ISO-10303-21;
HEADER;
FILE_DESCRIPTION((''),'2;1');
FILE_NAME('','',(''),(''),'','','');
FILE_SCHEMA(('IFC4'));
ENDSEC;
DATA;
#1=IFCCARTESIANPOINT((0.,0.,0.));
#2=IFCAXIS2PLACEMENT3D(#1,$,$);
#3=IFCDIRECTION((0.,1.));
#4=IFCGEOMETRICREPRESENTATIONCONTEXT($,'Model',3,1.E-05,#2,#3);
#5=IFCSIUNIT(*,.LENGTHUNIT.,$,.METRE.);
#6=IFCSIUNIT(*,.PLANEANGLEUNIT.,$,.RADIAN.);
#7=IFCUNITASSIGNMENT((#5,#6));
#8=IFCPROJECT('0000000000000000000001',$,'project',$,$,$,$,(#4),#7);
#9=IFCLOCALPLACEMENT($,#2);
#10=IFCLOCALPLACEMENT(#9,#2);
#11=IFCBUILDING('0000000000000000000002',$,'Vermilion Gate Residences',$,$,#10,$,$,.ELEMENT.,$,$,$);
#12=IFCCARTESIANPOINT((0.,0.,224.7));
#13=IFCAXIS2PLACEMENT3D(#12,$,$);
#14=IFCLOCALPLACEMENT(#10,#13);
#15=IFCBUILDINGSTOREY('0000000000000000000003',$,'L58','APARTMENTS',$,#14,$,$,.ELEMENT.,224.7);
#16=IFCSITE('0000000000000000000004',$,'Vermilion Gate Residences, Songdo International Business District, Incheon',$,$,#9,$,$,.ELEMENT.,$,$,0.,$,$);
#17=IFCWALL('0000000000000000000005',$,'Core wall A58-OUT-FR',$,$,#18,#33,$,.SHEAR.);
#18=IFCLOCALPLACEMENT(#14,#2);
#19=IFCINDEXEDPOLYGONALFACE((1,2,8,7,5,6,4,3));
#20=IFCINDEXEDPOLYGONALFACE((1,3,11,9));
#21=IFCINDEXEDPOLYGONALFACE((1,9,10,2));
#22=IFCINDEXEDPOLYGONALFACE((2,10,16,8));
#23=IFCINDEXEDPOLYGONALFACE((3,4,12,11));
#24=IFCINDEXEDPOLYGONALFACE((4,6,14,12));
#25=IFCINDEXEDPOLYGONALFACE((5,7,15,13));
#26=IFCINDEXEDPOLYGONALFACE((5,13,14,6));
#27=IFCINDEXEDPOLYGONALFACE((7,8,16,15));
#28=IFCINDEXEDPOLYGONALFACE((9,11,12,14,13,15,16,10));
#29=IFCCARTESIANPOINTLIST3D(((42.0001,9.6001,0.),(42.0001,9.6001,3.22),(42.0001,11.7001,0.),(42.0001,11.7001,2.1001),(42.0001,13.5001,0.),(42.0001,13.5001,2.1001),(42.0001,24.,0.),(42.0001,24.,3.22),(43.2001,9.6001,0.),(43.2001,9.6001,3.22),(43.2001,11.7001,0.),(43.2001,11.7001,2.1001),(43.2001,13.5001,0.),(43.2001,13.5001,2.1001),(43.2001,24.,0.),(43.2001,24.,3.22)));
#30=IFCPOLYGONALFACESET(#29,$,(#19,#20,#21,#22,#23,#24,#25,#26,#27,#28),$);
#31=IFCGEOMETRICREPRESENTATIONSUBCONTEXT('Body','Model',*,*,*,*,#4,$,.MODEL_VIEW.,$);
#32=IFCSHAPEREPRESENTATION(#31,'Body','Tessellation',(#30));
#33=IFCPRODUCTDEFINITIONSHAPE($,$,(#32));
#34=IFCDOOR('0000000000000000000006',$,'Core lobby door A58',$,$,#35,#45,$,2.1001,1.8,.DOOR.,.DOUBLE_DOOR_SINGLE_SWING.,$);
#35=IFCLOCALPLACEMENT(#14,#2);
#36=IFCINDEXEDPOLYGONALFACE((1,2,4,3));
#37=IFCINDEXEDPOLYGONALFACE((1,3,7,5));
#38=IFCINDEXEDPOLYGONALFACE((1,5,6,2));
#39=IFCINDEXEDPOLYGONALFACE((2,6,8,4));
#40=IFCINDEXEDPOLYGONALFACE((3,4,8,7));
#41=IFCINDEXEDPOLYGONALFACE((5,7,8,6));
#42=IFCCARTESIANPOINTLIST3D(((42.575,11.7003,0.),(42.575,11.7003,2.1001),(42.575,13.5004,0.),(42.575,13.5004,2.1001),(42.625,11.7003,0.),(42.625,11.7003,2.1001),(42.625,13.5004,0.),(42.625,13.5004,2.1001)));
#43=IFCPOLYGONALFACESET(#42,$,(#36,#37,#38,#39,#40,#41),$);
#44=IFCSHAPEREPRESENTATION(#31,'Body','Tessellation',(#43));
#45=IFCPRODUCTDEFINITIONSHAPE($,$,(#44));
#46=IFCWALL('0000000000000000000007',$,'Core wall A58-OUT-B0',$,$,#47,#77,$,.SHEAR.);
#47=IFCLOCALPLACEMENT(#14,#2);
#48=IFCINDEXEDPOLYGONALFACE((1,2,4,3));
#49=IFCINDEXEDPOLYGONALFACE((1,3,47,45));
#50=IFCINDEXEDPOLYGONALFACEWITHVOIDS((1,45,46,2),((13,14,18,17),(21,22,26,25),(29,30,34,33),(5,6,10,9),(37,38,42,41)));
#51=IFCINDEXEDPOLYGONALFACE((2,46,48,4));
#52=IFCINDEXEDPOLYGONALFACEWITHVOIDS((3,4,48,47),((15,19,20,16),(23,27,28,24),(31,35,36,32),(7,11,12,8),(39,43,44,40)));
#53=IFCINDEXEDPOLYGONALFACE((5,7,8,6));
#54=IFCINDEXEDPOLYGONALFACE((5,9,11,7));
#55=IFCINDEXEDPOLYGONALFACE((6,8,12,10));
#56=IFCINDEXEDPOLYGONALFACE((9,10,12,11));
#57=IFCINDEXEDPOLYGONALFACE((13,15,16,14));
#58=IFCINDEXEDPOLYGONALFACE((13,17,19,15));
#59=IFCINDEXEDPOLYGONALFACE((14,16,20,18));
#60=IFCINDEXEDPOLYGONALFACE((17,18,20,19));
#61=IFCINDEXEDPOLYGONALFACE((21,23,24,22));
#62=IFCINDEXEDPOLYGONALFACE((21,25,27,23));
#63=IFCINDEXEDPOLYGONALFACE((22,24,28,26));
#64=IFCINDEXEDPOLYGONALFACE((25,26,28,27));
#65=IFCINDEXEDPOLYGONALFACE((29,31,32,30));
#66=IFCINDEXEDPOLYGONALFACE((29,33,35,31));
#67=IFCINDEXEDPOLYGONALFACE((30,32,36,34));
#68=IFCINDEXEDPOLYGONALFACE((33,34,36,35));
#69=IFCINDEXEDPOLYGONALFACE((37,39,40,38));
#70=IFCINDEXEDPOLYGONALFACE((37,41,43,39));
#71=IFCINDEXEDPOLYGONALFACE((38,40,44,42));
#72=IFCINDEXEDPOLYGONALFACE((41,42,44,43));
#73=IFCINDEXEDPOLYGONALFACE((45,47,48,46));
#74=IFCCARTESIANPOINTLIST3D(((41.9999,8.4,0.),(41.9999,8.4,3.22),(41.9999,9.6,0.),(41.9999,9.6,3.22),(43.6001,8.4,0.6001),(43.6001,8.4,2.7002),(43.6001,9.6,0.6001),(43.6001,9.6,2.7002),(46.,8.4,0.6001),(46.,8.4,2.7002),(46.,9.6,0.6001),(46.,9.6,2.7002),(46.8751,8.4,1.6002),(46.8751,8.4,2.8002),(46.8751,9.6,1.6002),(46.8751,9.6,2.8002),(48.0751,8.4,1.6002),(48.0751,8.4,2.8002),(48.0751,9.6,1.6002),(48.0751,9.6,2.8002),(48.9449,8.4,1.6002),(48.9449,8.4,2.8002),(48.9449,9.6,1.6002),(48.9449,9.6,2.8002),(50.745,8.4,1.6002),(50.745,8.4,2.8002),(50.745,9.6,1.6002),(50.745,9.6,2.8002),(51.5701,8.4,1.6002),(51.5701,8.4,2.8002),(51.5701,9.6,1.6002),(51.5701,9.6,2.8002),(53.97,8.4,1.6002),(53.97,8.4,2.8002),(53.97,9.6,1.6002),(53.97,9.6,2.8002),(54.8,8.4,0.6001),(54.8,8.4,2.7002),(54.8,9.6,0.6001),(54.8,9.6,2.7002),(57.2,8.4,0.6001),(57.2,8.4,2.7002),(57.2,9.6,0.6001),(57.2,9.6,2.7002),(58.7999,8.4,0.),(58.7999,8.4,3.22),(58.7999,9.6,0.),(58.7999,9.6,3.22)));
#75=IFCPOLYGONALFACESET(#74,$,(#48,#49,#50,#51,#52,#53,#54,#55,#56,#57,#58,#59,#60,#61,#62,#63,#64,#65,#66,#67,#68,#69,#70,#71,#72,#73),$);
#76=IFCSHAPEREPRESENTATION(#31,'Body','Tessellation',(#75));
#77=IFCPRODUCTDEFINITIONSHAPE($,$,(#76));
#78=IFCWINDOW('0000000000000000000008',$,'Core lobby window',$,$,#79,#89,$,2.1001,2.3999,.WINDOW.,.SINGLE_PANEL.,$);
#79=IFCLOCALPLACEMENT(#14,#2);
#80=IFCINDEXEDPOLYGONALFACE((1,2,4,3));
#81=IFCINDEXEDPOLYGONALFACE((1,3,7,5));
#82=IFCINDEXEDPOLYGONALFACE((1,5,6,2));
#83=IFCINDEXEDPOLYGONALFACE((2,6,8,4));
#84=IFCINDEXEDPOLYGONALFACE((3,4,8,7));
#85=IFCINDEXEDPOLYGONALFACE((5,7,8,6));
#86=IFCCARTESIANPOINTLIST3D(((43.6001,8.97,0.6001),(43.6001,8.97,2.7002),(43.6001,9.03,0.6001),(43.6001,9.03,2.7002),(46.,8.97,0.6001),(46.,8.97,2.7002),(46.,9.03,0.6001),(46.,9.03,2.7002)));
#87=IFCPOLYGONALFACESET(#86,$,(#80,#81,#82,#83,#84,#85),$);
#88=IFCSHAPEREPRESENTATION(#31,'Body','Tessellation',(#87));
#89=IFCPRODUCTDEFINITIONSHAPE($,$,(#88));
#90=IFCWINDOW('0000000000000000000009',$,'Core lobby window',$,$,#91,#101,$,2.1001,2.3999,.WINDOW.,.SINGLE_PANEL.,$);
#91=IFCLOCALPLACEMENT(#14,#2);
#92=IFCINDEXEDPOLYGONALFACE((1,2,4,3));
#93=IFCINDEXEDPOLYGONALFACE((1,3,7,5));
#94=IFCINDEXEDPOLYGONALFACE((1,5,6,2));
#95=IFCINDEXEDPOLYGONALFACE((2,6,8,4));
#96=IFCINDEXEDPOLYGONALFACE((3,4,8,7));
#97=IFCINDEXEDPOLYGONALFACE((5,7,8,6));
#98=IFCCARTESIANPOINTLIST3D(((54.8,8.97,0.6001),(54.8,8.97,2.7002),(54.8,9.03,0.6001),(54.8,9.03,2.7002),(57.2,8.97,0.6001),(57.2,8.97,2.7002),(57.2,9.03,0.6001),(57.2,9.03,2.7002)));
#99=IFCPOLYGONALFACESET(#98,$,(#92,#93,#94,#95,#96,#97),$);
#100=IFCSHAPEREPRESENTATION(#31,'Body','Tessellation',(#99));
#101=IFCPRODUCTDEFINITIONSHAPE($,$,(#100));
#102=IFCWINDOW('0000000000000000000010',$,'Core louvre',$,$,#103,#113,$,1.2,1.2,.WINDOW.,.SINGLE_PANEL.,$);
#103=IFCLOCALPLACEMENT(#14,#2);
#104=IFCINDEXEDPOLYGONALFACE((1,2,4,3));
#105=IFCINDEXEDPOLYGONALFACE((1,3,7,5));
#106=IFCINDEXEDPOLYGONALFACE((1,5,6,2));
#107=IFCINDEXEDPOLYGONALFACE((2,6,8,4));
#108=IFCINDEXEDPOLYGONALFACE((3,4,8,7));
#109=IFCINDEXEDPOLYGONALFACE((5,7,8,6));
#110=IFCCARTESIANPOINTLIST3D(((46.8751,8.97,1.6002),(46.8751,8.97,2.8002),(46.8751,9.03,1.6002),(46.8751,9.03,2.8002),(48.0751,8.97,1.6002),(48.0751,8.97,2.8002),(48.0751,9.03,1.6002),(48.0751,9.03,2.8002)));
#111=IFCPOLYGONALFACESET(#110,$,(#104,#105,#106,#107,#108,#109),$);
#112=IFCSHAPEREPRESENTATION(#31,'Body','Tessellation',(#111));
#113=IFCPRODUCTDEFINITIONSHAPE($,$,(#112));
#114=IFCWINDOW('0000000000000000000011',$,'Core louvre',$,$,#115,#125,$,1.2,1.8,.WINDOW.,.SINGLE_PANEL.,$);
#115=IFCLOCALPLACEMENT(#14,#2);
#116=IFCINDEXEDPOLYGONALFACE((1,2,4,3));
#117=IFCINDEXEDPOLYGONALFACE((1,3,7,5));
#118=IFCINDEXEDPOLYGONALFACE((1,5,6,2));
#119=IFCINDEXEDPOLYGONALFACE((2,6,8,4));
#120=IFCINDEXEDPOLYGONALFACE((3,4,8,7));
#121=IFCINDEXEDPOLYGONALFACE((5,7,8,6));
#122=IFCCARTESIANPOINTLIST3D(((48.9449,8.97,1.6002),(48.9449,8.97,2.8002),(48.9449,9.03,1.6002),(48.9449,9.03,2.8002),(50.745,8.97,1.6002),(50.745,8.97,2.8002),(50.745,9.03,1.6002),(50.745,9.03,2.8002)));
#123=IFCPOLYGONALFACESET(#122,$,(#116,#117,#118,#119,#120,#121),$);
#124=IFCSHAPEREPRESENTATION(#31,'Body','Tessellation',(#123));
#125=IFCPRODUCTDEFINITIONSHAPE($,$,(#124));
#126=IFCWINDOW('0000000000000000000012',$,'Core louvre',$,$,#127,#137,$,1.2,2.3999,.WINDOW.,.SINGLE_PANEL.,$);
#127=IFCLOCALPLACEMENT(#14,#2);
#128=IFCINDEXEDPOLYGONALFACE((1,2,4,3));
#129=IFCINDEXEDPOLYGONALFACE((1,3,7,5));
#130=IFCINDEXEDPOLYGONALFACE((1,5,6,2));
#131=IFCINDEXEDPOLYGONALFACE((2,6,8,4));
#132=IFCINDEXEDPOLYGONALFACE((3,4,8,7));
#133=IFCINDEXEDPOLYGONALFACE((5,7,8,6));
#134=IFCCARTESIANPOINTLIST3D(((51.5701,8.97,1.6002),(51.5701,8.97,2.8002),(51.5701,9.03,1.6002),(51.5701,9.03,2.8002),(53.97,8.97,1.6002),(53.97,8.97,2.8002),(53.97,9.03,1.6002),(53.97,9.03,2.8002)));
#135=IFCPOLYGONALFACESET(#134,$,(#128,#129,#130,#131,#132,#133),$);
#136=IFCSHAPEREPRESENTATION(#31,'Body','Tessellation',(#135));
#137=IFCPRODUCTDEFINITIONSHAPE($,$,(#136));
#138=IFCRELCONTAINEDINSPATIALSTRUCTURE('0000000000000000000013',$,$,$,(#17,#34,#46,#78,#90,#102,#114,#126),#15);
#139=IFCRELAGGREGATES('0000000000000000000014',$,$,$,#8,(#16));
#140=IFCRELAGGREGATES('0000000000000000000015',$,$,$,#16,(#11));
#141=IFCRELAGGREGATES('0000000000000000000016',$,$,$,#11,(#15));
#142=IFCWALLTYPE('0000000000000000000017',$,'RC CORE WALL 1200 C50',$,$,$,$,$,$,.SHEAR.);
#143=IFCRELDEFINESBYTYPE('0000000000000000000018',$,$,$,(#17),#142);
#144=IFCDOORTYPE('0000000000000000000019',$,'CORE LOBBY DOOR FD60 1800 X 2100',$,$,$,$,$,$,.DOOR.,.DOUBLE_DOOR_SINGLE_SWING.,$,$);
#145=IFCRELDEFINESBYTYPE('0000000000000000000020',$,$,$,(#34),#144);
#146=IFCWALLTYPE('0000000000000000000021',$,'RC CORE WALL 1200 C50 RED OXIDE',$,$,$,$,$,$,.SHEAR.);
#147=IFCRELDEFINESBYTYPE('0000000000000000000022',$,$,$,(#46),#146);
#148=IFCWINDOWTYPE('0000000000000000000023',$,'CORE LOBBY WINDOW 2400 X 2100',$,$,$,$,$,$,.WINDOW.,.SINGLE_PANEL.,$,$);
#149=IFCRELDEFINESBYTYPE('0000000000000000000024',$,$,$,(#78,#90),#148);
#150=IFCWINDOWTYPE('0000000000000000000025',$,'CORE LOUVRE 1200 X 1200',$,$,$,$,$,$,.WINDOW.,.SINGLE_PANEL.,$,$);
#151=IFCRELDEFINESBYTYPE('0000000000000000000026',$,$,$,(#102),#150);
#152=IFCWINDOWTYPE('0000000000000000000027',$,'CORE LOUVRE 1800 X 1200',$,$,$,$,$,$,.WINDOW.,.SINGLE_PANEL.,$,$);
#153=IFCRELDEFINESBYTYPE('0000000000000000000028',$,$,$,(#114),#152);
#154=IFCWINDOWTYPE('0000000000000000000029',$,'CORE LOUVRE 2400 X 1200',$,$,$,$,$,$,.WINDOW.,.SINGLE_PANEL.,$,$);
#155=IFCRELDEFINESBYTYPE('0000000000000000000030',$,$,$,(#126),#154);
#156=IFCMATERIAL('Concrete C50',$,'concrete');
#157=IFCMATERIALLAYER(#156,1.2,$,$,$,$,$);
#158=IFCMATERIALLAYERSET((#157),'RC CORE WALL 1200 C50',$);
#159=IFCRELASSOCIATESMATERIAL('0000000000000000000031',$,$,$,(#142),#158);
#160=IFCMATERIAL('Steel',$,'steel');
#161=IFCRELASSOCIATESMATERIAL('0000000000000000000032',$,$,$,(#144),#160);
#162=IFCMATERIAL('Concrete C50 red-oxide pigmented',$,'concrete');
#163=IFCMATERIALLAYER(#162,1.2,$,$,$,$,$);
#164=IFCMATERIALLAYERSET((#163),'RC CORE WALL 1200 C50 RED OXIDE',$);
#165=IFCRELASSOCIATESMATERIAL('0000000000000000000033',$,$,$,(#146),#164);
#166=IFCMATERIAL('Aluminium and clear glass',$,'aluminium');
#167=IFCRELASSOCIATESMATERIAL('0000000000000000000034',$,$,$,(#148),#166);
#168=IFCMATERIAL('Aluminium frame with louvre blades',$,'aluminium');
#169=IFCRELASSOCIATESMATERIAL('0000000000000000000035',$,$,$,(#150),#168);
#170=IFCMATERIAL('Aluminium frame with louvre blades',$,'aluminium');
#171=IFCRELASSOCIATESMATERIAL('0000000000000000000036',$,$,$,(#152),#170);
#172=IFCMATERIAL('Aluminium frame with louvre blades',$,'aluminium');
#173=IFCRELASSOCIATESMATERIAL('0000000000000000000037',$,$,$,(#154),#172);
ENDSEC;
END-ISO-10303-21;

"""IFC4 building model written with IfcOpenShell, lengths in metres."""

from ifc_helpers import new_model, si_unit, direction, frame, frame_2d, origin, place, context, subcontext, project, spatial, rectangle, extrude, material, layer, layer_set, type_object, element, fill, save


model = new_model("IFC4")

# Units and contexts
model_context = context("Model", 3, precision=1e-05, world=origin(), true_north=direction((0.0, 1.0)))
body_context = subcontext(model_context, "Body", "Model", "MODEL_VIEW")
ifc_project = project(units=[si_unit("LENGTHUNIT", "METRE"), si_unit("PLANEANGLEUNIT", "RADIAN")], contexts=[model_context])

# Site, building, storey
site_placement = place(None, origin())
site = spatial("IfcSite", under=ifc_project, at=site_placement, Name="Vermilion Gate Residences, Songdo International Business District, Incheon", CompositionType="ELEMENT", RefElevation=0.0)
building_placement = place(site_placement, origin())
building = spatial("IfcBuilding", under=site, at=building_placement, Name="Vermilion Gate Residences", CompositionType="ELEMENT")
storey_placement = place(building_placement, frame((0.0, 0.0, 224.7)))
storey = spatial("IfcBuildingStorey", under=building, at=storey_placement, Name="L58", Description="APARTMENTS", CompositionType="ELEMENT", Elevation=224.7)

# Wall, opening, door
ifc_material_1 = material(Name="Concrete C50", Category="concrete")
ifc_layer_1 = layer(ifc_material_1, 1.2)
ifc_layer_set_1 = layer_set([ifc_layer_1], Name="RC CORE WALL 1200 C50")
wall_type_1 = type_object("IfcWallType", Name="RC CORE WALL 1200 C50", PredefinedType="SHEAR", material=ifc_layer_set_1)
wall_1_placement = place(storey_placement, frame((42.6001, 9.6001, 0.0), z_axis=(0.0, 0.0, 1.0), x_axis=(0.0, 1.0, 0.0)))
wall_1 = element("IfcWall", 1, at=wall_1_placement, inside=storey, type_object=wall_type_1, Name="Core wall A58-OUT-FR", PredefinedType="SHEAR", context=body_context, shape_type="SweptSolid", body=[
    extrude(rectangle(XDim=14.3999, YDim=1.2, at=frame_2d((7.2, 0.0))), origin(), (0.0, 0.0, 1.0), 3.22),
])
opening_1_placement = place(wall_1_placement, frame((2.1001, 0.0, 0.0)))
opening_1 = element("IfcOpeningElement", 2, at=opening_1_placement, cuts=wall_1, PredefinedType="OPENING", context=body_context, shape_type="SweptSolid", body=[
    extrude(rectangle(XDim=1.8, YDim=2.1001, at=frame_2d((0.8999, 1.05))), frame((0.0, 0.6099, 0.0), z_axis=(0.0, -1.0, 0.0), x_axis=(1.0, 0.0, 0.0)), (0.0, 0.0, 1.0), 1.22),
])
ifc_material_2 = material(Name="Steel", Category="steel")
door_type_1 = type_object("IfcDoorType", Name="CORE LOBBY DOOR FD60 1800 X 2100", OperationType="DOUBLE_DOOR_SINGLE_SWING", PredefinedType="DOOR", material=ifc_material_2)
door_1_placement = place(opening_1_placement, frame((1.8, 0.0, 0.0), z_axis=(0.0, 0.0, 1.0), x_axis=(-1.0, 0.0, 0.0)))
door_1 = element("IfcDoor", 3, at=door_1_placement, inside=storey, type_object=door_type_1, Name="Core lobby door A58", OperationType="DOUBLE_DOOR_SINGLE_SWING", OverallHeight=2.1001, OverallWidth=1.8, PredefinedType="DOOR", context=body_context, shape_type="SweptSolid", body=[
    extrude(rectangle(XDim=1.8, YDim=2.1001, at=frame_2d((0.8999, 1.05))), frame((0.0, 0.0249, 0.0), z_axis=(0.0, -1.0, 0.0), x_axis=(1.0, 0.0, 0.0)), (0.0, 0.0, 1.0), 0.05),
])
fill(opening_1, door_1)

# Wall, openings, windows
ifc_material_3 = material(Name="Concrete C50 red-oxide pigmented", Category="concrete")
ifc_layer_2 = layer(ifc_material_3, 1.2)
ifc_layer_set_2 = layer_set([ifc_layer_2], Name="RC CORE WALL 1200 C50 RED OXIDE")
wall_type_2 = type_object("IfcWallType", Name="RC CORE WALL 1200 C50 RED OXIDE", PredefinedType="SHEAR", material=ifc_layer_set_2)
wall_2_placement = place(storey_placement, frame((42.0, 9.0, 0.0), z_axis=(0.0, 0.0, 1.0), x_axis=(1.0, 0.0, 0.0)))
wall_2 = element("IfcWall", 4, at=wall_2_placement, inside=storey, type_object=wall_type_2, Name="Core wall A58-OUT-B0", PredefinedType="SHEAR", context=body_context, shape_type="SweptSolid", body=[
    extrude(rectangle(XDim=16.8, YDim=1.2, at=frame_2d((8.3999, 0.0))), origin(), (0.0, 0.0, 1.0), 3.22),
])
opening_2_placement = place(wall_2_placement, frame((1.6001, 0.0, 0.6001)))
opening_2 = element("IfcOpeningElement", 5, at=opening_2_placement, cuts=wall_2, PredefinedType="OPENING", context=body_context, shape_type="SweptSolid", body=[
    extrude(rectangle(XDim=2.3999, YDim=2.1001, at=frame_2d((1.2, 1.05))), frame((0.0, 0.6099, 0.0), z_axis=(0.0, -1.0, 0.0), x_axis=(1.0, 0.0, 0.0)), (0.0, 0.0, 1.0), 1.22),
])
opening_3_placement = place(wall_2_placement, frame((4.875, 0.0, 1.6001)))
opening_3 = element("IfcOpeningElement", 6, at=opening_3_placement, cuts=wall_2, PredefinedType="OPENING", context=body_context, shape_type="SweptSolid", body=[
    extrude(rectangle(XDim=1.2, YDim=1.2, at=frame_2d((0.6001, 0.6001))), frame((0.0, 0.6099, 0.0), z_axis=(0.0, -1.0, 0.0), x_axis=(1.0, 0.0, 0.0)), (0.0, 0.0, 1.0), 1.22),
])
opening_4_placement = place(wall_2_placement, frame((6.9451, 0.0, 1.6001)))
opening_4 = element("IfcOpeningElement", 7, at=opening_4_placement, cuts=wall_2, PredefinedType="OPENING", context=body_context, shape_type="SweptSolid", body=[
    extrude(rectangle(XDim=1.8, YDim=1.2, at=frame_2d((0.8999, 0.6001))), frame((0.0, 0.6099, 0.0), z_axis=(0.0, -1.0, 0.0), x_axis=(1.0, 0.0, 0.0)), (0.0, 0.0, 1.0), 1.22),
])
opening_5_placement = place(wall_2_placement, frame((9.5701, 0.0, 1.6001)))
opening_5 = element("IfcOpeningElement", 8, at=opening_5_placement, cuts=wall_2, PredefinedType="OPENING", context=body_context, shape_type="SweptSolid", body=[
    extrude(rectangle(XDim=2.3999, YDim=1.2, at=frame_2d((1.2, 0.6001))), frame((0.0, 0.6099, 0.0), z_axis=(0.0, -1.0, 0.0), x_axis=(1.0, 0.0, 0.0)), (0.0, 0.0, 1.0), 1.22),
])
opening_6_placement = place(wall_2_placement, frame((12.8, 0.0, 0.6001)))
opening_6 = element("IfcOpeningElement", 9, at=opening_6_placement, cuts=wall_2, PredefinedType="OPENING", context=body_context, shape_type="SweptSolid", body=[
    extrude(rectangle(XDim=2.3999, YDim=2.1001, at=frame_2d((1.2, 1.05))), frame((0.0, 0.6099, 0.0), z_axis=(0.0, -1.0, 0.0), x_axis=(1.0, 0.0, 0.0)), (0.0, 0.0, 1.0), 1.22),
])
ifc_material_4 = material(Name="Aluminium and clear glass", Category="aluminium")
window_type_1 = type_object("IfcWindowType", Name="CORE LOBBY WINDOW 2400 X 2100", PartitioningType="SINGLE_PANEL", PredefinedType="WINDOW", material=ifc_material_4)
window_1_placement = place(opening_2_placement, origin())
window_1 = element("IfcWindow", 10, at=window_1_placement, inside=storey, type_object=window_type_1, Name="Core lobby window", OverallHeight=2.1001, OverallWidth=2.3999, PartitioningType="SINGLE_PANEL", PredefinedType="WINDOW", context=body_context, shape_type="SweptSolid", body=[
    extrude(rectangle(XDim=2.3999, YDim=2.1001, at=frame_2d((1.2, 1.05))), frame((0.0, 0.03, 0.0), z_axis=(0.0, -1.0, 0.0), x_axis=(1.0, 0.0, 0.0)), (0.0, 0.0, 1.0), 0.0601),
])
fill(opening_2, window_1)
window_2_placement = place(opening_6_placement, origin())
window_2 = element("IfcWindow", 11, at=window_2_placement, inside=storey, type_object=window_type_1, Name="Core lobby window", OverallHeight=2.1001, OverallWidth=2.3999, PartitioningType="SINGLE_PANEL", PredefinedType="WINDOW", context=body_context, shape_type="SweptSolid", body=[
    extrude(rectangle(XDim=2.3999, YDim=2.1001, at=frame_2d((1.2, 1.05))), frame((0.0, 0.03, 0.0), z_axis=(0.0, -1.0, 0.0), x_axis=(1.0, 0.0, 0.0)), (0.0, 0.0, 1.0), 0.0601),
])
fill(opening_6, window_2)
ifc_material_5 = material(Name="Aluminium frame with louvre blades", Category="aluminium")
window_type_2 = type_object("IfcWindowType", Name="CORE LOUVRE 1200 X 1200", PartitioningType="SINGLE_PANEL", PredefinedType="WINDOW", material=ifc_material_5)
window_3_placement = place(opening_3_placement, origin())
window_3 = element("IfcWindow", 12, at=window_3_placement, inside=storey, type_object=window_type_2, Name="Core louvre", OverallHeight=1.2, OverallWidth=1.2, PartitioningType="SINGLE_PANEL", PredefinedType="WINDOW", context=body_context, shape_type="SweptSolid", body=[
    extrude(rectangle(XDim=1.2, YDim=1.2, at=frame_2d((0.6001, 0.6001))), frame((0.0, 0.03, 0.0), z_axis=(0.0, -1.0, 0.0), x_axis=(1.0, 0.0, 0.0)), (0.0, 0.0, 1.0), 0.0601),
])
fill(opening_3, window_3)
ifc_material_6 = material(Name="Aluminium frame with louvre blades", Category="aluminium")
window_type_3 = type_object("IfcWindowType", Name="CORE LOUVRE 1800 X 1200", PartitioningType="SINGLE_PANEL", PredefinedType="WINDOW", material=ifc_material_6)
window_4_placement = place(opening_4_placement, origin())
window_4 = element("IfcWindow", 13, at=window_4_placement, inside=storey, type_object=window_type_3, Name="Core louvre", OverallHeight=1.2, OverallWidth=1.8, PartitioningType="SINGLE_PANEL", PredefinedType="WINDOW", context=body_context, shape_type="SweptSolid", body=[
    extrude(rectangle(XDim=1.8, YDim=1.2, at=frame_2d((0.8999, 0.6001))), frame((0.0, 0.03, 0.0), z_axis=(0.0, -1.0, 0.0), x_axis=(1.0, 0.0, 0.0)), (0.0, 0.0, 1.0), 0.0601),
])
fill(opening_4, window_4)
ifc_material_7 = material(Name="Aluminium frame with louvre blades", Category="aluminium")
window_type_4 = type_object("IfcWindowType", Name="CORE LOUVRE 2400 X 1200", PartitioningType="SINGLE_PANEL", PredefinedType="WINDOW", material=ifc_material_7)
window_5_placement = place(opening_5_placement, origin())
window_5 = element("IfcWindow", 14, at=window_5_placement, inside=storey, type_object=window_type_4, Name="Core louvre", OverallHeight=1.2, OverallWidth=2.3999, PartitioningType="SINGLE_PANEL", PredefinedType="WINDOW", context=body_context, shape_type="SweptSolid", body=[
    extrude(rectangle(XDim=2.3999, YDim=1.2, at=frame_2d((1.2, 0.6001))), frame((0.0, 0.03, 0.0), z_axis=(0.0, -1.0, 0.0), x_axis=(1.0, 0.0, 0.0)), (0.0, 0.0, 1.0), 0.0601),
])
fill(opening_5, window_5)

save(model, "model.ifc")
